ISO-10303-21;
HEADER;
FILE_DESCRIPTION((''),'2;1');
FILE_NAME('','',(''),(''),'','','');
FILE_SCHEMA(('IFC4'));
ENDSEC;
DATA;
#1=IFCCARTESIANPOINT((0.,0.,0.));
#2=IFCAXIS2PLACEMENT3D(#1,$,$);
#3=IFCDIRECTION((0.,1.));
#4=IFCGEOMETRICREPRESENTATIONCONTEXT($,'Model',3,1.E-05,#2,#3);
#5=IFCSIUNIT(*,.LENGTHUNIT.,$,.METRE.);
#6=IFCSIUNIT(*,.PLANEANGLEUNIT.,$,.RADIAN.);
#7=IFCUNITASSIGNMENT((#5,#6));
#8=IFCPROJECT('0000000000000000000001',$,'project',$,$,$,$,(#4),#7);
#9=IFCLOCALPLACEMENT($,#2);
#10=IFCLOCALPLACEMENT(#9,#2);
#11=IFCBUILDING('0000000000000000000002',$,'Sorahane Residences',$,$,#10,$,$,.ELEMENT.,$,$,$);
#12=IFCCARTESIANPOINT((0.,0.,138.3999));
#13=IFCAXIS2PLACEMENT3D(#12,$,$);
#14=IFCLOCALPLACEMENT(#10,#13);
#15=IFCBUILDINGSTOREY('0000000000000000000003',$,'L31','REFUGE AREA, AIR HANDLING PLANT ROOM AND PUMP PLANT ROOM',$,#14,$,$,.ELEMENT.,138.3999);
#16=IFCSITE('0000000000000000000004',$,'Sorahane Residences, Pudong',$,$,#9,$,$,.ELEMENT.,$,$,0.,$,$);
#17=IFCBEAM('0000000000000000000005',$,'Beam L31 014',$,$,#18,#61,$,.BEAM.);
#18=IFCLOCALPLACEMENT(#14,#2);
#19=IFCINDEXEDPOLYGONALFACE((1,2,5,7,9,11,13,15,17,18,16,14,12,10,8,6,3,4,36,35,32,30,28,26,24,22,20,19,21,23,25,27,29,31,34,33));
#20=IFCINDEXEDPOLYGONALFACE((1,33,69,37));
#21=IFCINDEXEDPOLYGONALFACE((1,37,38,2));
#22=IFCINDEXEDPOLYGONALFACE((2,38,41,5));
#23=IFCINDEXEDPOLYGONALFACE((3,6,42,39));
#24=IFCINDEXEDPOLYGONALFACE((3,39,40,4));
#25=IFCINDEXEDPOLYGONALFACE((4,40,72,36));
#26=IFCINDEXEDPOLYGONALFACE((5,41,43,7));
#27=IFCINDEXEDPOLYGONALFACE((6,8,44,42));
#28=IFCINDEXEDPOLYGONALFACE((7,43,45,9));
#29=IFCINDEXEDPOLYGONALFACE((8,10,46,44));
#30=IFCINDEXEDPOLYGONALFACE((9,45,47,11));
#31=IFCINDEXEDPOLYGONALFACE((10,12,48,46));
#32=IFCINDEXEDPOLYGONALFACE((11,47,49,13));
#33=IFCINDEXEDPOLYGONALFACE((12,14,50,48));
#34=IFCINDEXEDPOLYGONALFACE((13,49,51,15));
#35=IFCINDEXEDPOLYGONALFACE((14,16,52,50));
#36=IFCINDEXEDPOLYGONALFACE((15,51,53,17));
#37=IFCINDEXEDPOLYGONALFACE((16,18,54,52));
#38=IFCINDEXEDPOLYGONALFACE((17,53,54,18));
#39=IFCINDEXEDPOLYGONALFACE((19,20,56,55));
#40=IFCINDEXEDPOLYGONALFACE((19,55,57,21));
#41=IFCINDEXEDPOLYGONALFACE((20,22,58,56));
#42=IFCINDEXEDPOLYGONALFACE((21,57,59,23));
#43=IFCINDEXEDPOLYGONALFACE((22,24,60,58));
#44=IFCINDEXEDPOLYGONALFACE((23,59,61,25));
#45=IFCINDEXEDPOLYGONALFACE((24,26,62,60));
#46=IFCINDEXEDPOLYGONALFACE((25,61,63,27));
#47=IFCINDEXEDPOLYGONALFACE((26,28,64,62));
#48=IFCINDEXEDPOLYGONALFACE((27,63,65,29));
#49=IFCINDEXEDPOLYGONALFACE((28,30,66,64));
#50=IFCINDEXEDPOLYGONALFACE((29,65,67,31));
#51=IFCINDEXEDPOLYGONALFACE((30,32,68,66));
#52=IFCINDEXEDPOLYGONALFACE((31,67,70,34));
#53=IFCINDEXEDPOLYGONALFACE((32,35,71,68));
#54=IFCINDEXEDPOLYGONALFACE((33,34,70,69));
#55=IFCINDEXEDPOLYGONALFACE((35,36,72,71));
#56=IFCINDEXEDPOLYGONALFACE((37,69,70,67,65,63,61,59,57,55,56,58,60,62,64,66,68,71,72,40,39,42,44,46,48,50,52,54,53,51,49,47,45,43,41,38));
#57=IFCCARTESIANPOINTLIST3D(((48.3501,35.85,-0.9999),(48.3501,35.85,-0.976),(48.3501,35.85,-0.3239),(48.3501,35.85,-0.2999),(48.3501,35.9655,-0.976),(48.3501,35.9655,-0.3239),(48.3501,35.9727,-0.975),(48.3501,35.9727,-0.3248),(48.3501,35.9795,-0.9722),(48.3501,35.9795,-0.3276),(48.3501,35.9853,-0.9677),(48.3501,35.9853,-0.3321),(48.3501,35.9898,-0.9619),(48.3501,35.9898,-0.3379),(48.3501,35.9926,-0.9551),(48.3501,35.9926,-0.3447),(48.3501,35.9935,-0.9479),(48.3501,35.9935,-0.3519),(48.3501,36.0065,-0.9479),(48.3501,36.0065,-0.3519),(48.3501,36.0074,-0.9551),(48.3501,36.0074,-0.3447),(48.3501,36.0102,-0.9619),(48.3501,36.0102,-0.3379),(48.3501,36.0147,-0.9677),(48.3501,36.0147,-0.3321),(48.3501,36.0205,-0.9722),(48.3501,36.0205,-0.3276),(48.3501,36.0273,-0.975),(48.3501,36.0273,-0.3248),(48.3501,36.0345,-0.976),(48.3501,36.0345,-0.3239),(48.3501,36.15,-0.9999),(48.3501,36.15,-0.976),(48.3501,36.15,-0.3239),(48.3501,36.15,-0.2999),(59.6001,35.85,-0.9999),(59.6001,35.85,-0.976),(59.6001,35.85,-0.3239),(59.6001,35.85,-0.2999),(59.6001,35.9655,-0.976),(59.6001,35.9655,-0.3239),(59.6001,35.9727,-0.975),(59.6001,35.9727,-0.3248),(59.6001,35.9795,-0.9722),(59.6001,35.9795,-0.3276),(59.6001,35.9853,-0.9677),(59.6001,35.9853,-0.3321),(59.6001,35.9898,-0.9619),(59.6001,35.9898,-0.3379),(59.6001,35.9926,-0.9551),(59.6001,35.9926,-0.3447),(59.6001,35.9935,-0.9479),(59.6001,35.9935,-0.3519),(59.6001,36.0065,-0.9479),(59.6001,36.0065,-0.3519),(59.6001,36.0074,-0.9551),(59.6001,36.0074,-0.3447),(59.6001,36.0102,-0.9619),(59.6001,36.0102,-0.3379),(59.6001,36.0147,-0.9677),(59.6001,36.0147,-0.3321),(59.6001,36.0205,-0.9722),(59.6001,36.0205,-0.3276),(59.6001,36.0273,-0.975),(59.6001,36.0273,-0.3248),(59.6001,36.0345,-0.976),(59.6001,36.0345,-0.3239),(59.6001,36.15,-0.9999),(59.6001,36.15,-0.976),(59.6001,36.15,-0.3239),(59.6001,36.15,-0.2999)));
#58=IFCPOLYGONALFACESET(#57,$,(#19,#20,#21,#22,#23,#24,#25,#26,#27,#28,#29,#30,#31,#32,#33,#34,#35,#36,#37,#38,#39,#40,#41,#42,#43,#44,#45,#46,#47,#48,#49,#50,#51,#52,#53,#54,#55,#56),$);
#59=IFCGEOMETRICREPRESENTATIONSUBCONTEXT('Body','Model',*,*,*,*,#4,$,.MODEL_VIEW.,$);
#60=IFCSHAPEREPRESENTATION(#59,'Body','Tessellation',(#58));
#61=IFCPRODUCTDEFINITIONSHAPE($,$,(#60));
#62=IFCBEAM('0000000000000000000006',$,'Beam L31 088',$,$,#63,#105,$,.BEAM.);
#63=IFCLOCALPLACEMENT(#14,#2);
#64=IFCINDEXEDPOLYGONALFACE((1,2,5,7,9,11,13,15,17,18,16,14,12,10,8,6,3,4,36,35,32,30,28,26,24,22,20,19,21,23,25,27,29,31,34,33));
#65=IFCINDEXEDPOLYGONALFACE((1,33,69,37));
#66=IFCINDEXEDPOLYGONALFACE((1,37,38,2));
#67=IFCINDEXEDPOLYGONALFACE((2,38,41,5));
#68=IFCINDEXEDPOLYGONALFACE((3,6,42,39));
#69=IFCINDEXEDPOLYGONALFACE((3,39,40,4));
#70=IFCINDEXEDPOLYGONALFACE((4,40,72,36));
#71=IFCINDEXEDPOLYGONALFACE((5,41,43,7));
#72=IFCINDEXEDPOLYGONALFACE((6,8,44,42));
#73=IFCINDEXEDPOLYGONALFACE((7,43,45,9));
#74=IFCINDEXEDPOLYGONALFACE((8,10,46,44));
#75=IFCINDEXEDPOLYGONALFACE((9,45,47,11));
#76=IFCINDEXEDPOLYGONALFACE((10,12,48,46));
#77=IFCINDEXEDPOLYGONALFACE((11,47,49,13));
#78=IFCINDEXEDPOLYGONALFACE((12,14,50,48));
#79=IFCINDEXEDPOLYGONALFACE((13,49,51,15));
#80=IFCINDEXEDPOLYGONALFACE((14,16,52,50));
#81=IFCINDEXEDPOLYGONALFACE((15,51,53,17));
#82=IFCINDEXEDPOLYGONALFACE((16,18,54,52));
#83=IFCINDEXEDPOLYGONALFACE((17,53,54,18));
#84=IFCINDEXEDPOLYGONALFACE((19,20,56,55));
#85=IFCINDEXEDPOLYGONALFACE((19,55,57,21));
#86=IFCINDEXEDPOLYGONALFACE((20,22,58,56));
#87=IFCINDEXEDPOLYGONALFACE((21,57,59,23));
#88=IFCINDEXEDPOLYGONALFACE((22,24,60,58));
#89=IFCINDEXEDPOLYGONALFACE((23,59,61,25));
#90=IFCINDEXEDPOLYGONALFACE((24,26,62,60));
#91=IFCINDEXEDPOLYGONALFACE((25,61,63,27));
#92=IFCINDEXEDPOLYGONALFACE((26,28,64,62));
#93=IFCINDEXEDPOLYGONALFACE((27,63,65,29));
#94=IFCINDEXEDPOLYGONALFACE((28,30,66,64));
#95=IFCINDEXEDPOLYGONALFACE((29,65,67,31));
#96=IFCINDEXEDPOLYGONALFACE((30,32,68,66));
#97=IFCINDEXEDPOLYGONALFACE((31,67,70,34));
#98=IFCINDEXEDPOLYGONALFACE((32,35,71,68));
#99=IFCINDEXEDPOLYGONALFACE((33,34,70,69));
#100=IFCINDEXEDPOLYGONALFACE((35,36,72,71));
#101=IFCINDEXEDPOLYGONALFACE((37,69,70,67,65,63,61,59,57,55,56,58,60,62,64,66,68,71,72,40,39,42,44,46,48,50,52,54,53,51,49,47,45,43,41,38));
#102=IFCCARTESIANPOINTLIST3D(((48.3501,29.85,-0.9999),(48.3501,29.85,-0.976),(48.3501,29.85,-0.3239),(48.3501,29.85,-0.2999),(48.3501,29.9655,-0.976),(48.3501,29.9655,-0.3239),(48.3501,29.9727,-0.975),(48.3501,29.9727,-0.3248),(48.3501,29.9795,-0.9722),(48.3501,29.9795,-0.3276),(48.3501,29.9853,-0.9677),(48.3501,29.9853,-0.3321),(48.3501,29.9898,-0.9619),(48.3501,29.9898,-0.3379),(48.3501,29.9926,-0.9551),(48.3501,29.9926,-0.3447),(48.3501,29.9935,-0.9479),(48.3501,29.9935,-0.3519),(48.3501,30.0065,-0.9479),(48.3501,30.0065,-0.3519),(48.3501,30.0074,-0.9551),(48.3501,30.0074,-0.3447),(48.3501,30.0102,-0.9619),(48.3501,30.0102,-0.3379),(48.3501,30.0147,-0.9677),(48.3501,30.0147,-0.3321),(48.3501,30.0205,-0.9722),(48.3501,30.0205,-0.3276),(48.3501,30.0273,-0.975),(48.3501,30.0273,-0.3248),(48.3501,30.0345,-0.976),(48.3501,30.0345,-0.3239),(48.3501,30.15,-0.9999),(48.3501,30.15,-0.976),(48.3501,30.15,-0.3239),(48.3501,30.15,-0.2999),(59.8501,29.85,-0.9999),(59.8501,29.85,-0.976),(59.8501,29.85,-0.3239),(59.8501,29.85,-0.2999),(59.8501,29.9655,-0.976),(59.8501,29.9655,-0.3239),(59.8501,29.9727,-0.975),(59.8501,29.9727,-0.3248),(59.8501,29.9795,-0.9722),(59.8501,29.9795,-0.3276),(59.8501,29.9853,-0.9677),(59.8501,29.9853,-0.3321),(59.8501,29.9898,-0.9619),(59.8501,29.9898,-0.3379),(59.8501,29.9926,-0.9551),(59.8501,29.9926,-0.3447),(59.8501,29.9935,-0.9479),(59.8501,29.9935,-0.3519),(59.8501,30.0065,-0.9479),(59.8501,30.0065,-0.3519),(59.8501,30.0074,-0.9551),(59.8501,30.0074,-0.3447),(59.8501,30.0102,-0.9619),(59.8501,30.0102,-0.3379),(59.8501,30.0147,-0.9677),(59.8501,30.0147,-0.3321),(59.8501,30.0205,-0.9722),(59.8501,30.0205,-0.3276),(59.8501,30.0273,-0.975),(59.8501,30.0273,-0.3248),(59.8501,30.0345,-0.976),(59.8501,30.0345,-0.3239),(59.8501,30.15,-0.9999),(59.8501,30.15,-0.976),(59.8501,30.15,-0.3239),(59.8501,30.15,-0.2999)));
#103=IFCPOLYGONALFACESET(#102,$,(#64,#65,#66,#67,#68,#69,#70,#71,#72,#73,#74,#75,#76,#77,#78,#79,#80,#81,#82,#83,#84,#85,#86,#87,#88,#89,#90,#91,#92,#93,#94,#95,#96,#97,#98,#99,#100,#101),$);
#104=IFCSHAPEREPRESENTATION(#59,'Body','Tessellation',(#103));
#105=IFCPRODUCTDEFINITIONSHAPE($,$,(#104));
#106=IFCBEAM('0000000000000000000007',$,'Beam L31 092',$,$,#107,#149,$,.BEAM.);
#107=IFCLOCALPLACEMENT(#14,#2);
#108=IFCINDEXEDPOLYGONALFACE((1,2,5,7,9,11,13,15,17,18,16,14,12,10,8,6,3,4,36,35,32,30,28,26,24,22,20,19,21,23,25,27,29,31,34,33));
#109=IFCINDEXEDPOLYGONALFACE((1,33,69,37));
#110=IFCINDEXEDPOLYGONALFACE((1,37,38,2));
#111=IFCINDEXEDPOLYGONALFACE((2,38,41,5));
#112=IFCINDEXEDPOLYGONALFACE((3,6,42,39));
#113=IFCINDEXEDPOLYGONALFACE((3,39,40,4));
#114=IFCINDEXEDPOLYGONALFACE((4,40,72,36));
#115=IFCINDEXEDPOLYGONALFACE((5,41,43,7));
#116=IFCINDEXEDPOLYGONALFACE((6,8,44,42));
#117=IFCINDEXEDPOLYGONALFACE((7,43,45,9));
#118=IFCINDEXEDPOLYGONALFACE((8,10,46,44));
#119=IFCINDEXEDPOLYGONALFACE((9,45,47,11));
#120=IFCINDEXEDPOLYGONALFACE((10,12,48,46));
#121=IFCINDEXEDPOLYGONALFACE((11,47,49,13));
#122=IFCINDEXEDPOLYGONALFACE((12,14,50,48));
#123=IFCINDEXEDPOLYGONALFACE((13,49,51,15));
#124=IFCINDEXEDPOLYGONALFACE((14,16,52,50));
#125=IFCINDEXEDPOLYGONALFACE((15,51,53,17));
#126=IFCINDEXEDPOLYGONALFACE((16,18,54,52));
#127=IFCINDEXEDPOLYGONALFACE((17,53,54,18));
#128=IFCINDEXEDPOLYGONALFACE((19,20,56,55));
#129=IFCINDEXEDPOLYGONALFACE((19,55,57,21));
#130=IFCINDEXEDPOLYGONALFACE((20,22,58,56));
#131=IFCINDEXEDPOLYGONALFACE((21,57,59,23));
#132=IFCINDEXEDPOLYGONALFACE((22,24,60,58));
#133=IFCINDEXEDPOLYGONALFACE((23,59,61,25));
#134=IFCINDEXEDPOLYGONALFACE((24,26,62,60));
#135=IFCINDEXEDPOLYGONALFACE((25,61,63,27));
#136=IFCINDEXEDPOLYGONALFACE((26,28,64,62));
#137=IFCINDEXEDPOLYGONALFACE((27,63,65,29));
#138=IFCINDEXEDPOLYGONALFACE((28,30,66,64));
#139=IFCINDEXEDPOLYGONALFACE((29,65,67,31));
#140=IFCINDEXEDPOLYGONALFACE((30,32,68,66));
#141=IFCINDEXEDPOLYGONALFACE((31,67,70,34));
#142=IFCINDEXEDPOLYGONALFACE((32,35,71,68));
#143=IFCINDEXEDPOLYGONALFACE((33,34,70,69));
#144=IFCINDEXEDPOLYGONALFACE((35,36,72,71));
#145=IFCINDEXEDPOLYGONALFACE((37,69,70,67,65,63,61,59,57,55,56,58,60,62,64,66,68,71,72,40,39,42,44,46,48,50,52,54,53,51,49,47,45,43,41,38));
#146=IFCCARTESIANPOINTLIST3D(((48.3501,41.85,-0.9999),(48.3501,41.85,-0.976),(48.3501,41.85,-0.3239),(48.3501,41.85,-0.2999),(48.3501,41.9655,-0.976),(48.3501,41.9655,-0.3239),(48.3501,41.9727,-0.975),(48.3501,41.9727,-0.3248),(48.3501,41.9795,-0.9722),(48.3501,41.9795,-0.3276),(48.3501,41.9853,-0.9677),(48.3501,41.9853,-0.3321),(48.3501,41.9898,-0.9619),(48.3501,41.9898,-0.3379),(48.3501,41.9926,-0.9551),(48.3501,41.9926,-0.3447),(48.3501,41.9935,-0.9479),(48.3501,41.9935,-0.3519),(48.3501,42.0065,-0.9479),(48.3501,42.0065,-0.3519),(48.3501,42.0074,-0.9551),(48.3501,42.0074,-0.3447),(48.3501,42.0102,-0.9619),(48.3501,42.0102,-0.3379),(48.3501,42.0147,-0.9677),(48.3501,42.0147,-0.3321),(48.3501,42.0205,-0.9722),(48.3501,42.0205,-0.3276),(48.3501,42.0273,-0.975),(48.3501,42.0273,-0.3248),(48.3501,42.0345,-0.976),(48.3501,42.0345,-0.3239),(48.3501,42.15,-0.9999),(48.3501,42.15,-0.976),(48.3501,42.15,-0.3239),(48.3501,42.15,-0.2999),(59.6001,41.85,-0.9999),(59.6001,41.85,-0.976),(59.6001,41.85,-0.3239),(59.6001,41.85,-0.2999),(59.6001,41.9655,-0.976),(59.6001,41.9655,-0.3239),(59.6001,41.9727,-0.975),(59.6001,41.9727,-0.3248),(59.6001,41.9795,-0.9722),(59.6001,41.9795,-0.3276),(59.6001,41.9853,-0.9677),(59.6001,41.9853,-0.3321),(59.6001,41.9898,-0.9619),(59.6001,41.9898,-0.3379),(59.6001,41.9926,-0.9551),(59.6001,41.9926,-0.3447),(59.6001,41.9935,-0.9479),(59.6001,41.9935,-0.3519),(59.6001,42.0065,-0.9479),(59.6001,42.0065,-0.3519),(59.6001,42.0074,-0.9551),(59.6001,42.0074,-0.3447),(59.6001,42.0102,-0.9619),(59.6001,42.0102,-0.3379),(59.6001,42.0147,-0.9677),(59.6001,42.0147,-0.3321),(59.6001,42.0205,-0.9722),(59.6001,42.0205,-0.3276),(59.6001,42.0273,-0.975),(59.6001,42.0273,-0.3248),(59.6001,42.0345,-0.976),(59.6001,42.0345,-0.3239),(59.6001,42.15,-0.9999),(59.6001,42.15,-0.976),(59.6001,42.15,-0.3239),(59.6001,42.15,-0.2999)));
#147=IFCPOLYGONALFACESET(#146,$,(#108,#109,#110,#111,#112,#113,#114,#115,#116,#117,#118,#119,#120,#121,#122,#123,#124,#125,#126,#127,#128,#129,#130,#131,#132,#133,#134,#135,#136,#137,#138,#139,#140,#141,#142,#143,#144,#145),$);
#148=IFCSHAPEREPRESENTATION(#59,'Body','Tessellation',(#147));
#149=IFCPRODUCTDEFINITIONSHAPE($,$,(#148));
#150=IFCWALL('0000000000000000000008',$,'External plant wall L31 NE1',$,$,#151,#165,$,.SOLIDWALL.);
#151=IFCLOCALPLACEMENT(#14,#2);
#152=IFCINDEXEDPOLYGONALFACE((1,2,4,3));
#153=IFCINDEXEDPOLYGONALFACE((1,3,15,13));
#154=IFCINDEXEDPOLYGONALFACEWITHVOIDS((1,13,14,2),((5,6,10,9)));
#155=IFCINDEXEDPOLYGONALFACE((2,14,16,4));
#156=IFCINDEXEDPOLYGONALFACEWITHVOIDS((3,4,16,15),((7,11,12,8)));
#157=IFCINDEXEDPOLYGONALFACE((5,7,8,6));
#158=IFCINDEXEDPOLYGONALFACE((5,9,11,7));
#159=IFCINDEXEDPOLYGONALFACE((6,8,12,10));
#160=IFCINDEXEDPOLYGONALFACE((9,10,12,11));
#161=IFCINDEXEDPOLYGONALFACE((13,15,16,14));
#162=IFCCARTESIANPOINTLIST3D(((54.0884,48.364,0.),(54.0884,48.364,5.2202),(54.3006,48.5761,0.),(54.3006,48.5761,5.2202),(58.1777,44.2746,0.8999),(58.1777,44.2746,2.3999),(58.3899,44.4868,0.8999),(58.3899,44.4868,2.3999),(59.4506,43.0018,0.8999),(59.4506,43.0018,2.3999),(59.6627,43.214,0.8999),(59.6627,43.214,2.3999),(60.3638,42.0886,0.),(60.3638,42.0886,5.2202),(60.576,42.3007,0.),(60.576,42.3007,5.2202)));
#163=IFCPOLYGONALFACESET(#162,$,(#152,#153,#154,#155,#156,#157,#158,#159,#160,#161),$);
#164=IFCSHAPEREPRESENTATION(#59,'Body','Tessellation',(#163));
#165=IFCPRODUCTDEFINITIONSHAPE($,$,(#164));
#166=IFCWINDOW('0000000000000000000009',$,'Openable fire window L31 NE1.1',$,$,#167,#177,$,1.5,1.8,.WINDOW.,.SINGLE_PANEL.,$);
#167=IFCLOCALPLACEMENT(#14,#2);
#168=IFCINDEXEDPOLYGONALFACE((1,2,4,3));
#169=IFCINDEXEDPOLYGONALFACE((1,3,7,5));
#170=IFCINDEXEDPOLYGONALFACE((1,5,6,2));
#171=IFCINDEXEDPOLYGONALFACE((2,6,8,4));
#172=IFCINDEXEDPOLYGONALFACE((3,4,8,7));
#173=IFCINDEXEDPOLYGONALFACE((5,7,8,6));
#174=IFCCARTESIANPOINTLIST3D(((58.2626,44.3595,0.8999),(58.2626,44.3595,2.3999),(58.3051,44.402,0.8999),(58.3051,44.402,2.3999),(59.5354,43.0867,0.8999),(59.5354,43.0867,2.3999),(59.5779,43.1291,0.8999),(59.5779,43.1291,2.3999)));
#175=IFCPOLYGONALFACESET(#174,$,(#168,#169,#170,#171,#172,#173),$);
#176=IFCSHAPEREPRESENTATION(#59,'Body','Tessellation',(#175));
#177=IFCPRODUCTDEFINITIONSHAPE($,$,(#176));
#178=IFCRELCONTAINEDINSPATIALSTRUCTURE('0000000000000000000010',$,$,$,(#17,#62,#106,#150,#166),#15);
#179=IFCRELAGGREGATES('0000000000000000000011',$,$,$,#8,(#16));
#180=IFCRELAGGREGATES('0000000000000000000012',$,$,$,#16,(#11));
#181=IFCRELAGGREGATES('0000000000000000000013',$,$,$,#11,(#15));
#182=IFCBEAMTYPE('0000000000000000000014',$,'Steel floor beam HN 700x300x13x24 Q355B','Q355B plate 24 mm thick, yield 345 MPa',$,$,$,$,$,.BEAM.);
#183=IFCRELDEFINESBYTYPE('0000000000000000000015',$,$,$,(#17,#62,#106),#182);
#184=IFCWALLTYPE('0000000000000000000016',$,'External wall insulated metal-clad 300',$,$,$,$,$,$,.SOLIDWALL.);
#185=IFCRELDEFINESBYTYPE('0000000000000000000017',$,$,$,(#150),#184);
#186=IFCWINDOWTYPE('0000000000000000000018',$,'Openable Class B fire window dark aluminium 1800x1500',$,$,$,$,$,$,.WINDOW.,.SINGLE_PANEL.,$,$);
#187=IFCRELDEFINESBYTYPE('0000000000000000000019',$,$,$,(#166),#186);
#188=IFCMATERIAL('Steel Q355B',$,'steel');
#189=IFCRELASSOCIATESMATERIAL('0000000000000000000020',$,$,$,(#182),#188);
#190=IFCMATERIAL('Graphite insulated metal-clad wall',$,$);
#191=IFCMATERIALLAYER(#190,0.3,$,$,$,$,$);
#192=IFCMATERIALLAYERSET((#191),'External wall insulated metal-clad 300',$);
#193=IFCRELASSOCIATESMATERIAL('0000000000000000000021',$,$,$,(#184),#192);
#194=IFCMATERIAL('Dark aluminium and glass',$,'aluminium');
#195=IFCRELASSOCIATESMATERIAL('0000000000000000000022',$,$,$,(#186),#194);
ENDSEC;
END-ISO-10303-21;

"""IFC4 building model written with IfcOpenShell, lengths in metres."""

from ifc_helpers import new_model, si_unit, direction, frame, frame_2d, origin, origin_2d, place, context, subcontext, project, spatial, rectangle, i_section, extrude, material, layer, layer_set, material_profile, profile_set, type_object, element, fill, save


model = new_model("IFC4")

# Units and contexts
model_context = context("Model", 3, precision=1e-05, world=origin(), true_north=direction((0.0, 1.0)))
body_context = subcontext(model_context, "Body", "Model", "MODEL_VIEW")
ifc_project = project(units=[si_unit("LENGTHUNIT", "METRE"), si_unit("PLANEANGLEUNIT", "RADIAN")], contexts=[model_context])

# Site, building, storey
site_placement = place(None, origin())
site = spatial("IfcSite", under=ifc_project, at=site_placement, Name="Sorahane Residences, Pudong", CompositionType="ELEMENT", RefElevation=0.0)
building_placement = place(site_placement, origin())
building = spatial("IfcBuilding", under=site, at=building_placement, Name="Sorahane Residences", CompositionType="ELEMENT")
storey_placement = place(building_placement, frame((0.0, 0.0, 138.3999)))
storey = spatial("IfcBuildingStorey", under=building, at=storey_placement, Name="L31", Description="REFUGE AREA, AIR HANDLING PLANT ROOM AND PUMP PLANT ROOM", CompositionType="ELEMENT", Elevation=138.3999)

# Beams
ifc_material_1 = material(Name="Steel Q355B", Category="steel")
ifc_material_profile_1 = material_profile(ifc_material_1, i_section(OverallWidth=0.3, OverallDepth=0.7, WebThickness=0.0129, FlangeThickness=0.0239, FilletRadius=0.0281, at=origin_2d()), Name="HN 700x300x13x24")
ifc_profile_set_1 = profile_set([ifc_material_profile_1], Name="Steel Q355B")
beam_type_1 = type_object("IfcBeamType", Name="Steel floor beam HN 700x300x13x24 Q355B", Description="Q355B plate 24 mm thick, yield 345 MPa", PredefinedType="BEAM", material=ifc_profile_set_1)
beam_1_placement = place(storey_placement, frame((48.3501, 36.0, -0.6499), z_axis=(1.0, 0.0, 0.0), x_axis=(0.0, 1.0, 0.0)))
element("IfcBeam", 1, at=beam_1_placement, inside=storey, type_object=beam_type_1, Name="Beam L31 014", PredefinedType="BEAM", context=body_context, shape_type="SweptSolid", body=[
    extrude(i_section(OverallWidth=0.3, OverallDepth=0.7, WebThickness=0.0129, FlangeThickness=0.0239, FilletRadius=0.0281, at=origin_2d()), origin(), (0.0, 0.0, 1.0), 11.25),
])
beam_2_placement = place(storey_placement, frame((48.3501, 30.0, -0.6499), z_axis=(1.0, 0.0, 0.0), x_axis=(0.0, 1.0, 0.0)))
element("IfcBeam", 2, at=beam_2_placement, inside=storey, type_object=beam_type_1, Name="Beam L31 088", PredefinedType="BEAM", context=body_context, shape_type="SweptSolid", body=[
    extrude(i_section(OverallWidth=0.3, OverallDepth=0.7, WebThickness=0.0129, FlangeThickness=0.0239, FilletRadius=0.0281, at=origin_2d()), origin(), (0.0, 0.0, 1.0), 11.5),
])
beam_3_placement = place(storey_placement, frame((48.3501, 42.0, -0.6499), z_axis=(1.0, 0.0, 0.0), x_axis=(0.0, 1.0, 0.0)))
element("IfcBeam", 3, at=beam_3_placement, inside=storey, type_object=beam_type_1, Name="Beam L31 092", PredefinedType="BEAM", context=body_context, shape_type="SweptSolid", body=[
    extrude(i_section(OverallWidth=0.3, OverallDepth=0.7, WebThickness=0.0129, FlangeThickness=0.0239, FilletRadius=0.0281, at=origin_2d()), origin(), (0.0, 0.0, 1.0), 11.25),
])

# Wall, opening, window
ifc_material_2 = material(Name="Graphite insulated metal-clad wall")
ifc_layer_1 = layer(ifc_material_2, 0.3)
ifc_layer_set_1 = layer_set([ifc_layer_1], Name="External wall insulated metal-clad 300")
wall_type_1 = type_object("IfcWallType", Name="External wall insulated metal-clad 300", PredefinedType="SOLIDWALL", material=ifc_layer_set_1)
wall_1_placement = place(storey_placement, frame((60.47, 42.1946, 0.0), z_axis=(0.0, 0.0, 1.0), x_axis=(-0.707107, 0.707107, 0.0)))
wall_1 = element("IfcWall", 4, at=wall_1_placement, inside=storey, type_object=wall_type_1, Name="External plant wall L31 NE1", PredefinedType="SOLIDWALL", context=body_context, shape_type="SweptSolid", body=[
    extrude(rectangle(XDim=8.8748, YDim=0.3, at=frame_2d((4.4375, 0.0))), origin(), (0.0, 0.0, 1.0), 5.2202),
])
opening_1_placement = place(wall_1_placement, frame((1.2917, 0.0, 0.8999)))
opening_1 = element("IfcOpeningElement", 5, at=opening_1_placement, cuts=wall_1, PredefinedType="OPENING", context=body_context, shape_type="SweptSolid", body=[
    extrude(rectangle(XDim=1.8, YDim=1.5, at=frame_2d((0.8999, 0.75))), frame((0.0, 0.1599, 0.0), z_axis=(0.0, -1.0, 0.0), x_axis=(1.0, 0.0, 0.0)), (0.0, 0.0, 1.0), 0.3201),
])
ifc_material_3 = material(Name="Dark aluminium and glass", Category="aluminium")
window_type = type_object("IfcWindowType", Name="Openable Class B fire window dark aluminium 1800x1500", PartitioningType="SINGLE_PANEL", PredefinedType="WINDOW", material=ifc_material_3)
window_1_placement = place(opening_1_placement, origin())
window_1 = element("IfcWindow", 6, at=window_1_placement, inside=storey, type_object=window_type, Name="Openable fire window L31 NE1.1", OverallHeight=1.5, OverallWidth=1.8, PartitioningType="SINGLE_PANEL", PredefinedType="WINDOW", context=body_context, shape_type="SweptSolid", body=[
    extrude(rectangle(XDim=1.8, YDim=1.5, at=frame_2d((0.8999, 0.75))), frame((0.0, 0.03, 0.0), z_axis=(0.0, -1.0, 0.0), x_axis=(1.0, 0.0, 0.0)), (0.0, 0.0, 1.0), 0.0601),
])
fill(opening_1, window_1)

save(model, "model.ifc")
